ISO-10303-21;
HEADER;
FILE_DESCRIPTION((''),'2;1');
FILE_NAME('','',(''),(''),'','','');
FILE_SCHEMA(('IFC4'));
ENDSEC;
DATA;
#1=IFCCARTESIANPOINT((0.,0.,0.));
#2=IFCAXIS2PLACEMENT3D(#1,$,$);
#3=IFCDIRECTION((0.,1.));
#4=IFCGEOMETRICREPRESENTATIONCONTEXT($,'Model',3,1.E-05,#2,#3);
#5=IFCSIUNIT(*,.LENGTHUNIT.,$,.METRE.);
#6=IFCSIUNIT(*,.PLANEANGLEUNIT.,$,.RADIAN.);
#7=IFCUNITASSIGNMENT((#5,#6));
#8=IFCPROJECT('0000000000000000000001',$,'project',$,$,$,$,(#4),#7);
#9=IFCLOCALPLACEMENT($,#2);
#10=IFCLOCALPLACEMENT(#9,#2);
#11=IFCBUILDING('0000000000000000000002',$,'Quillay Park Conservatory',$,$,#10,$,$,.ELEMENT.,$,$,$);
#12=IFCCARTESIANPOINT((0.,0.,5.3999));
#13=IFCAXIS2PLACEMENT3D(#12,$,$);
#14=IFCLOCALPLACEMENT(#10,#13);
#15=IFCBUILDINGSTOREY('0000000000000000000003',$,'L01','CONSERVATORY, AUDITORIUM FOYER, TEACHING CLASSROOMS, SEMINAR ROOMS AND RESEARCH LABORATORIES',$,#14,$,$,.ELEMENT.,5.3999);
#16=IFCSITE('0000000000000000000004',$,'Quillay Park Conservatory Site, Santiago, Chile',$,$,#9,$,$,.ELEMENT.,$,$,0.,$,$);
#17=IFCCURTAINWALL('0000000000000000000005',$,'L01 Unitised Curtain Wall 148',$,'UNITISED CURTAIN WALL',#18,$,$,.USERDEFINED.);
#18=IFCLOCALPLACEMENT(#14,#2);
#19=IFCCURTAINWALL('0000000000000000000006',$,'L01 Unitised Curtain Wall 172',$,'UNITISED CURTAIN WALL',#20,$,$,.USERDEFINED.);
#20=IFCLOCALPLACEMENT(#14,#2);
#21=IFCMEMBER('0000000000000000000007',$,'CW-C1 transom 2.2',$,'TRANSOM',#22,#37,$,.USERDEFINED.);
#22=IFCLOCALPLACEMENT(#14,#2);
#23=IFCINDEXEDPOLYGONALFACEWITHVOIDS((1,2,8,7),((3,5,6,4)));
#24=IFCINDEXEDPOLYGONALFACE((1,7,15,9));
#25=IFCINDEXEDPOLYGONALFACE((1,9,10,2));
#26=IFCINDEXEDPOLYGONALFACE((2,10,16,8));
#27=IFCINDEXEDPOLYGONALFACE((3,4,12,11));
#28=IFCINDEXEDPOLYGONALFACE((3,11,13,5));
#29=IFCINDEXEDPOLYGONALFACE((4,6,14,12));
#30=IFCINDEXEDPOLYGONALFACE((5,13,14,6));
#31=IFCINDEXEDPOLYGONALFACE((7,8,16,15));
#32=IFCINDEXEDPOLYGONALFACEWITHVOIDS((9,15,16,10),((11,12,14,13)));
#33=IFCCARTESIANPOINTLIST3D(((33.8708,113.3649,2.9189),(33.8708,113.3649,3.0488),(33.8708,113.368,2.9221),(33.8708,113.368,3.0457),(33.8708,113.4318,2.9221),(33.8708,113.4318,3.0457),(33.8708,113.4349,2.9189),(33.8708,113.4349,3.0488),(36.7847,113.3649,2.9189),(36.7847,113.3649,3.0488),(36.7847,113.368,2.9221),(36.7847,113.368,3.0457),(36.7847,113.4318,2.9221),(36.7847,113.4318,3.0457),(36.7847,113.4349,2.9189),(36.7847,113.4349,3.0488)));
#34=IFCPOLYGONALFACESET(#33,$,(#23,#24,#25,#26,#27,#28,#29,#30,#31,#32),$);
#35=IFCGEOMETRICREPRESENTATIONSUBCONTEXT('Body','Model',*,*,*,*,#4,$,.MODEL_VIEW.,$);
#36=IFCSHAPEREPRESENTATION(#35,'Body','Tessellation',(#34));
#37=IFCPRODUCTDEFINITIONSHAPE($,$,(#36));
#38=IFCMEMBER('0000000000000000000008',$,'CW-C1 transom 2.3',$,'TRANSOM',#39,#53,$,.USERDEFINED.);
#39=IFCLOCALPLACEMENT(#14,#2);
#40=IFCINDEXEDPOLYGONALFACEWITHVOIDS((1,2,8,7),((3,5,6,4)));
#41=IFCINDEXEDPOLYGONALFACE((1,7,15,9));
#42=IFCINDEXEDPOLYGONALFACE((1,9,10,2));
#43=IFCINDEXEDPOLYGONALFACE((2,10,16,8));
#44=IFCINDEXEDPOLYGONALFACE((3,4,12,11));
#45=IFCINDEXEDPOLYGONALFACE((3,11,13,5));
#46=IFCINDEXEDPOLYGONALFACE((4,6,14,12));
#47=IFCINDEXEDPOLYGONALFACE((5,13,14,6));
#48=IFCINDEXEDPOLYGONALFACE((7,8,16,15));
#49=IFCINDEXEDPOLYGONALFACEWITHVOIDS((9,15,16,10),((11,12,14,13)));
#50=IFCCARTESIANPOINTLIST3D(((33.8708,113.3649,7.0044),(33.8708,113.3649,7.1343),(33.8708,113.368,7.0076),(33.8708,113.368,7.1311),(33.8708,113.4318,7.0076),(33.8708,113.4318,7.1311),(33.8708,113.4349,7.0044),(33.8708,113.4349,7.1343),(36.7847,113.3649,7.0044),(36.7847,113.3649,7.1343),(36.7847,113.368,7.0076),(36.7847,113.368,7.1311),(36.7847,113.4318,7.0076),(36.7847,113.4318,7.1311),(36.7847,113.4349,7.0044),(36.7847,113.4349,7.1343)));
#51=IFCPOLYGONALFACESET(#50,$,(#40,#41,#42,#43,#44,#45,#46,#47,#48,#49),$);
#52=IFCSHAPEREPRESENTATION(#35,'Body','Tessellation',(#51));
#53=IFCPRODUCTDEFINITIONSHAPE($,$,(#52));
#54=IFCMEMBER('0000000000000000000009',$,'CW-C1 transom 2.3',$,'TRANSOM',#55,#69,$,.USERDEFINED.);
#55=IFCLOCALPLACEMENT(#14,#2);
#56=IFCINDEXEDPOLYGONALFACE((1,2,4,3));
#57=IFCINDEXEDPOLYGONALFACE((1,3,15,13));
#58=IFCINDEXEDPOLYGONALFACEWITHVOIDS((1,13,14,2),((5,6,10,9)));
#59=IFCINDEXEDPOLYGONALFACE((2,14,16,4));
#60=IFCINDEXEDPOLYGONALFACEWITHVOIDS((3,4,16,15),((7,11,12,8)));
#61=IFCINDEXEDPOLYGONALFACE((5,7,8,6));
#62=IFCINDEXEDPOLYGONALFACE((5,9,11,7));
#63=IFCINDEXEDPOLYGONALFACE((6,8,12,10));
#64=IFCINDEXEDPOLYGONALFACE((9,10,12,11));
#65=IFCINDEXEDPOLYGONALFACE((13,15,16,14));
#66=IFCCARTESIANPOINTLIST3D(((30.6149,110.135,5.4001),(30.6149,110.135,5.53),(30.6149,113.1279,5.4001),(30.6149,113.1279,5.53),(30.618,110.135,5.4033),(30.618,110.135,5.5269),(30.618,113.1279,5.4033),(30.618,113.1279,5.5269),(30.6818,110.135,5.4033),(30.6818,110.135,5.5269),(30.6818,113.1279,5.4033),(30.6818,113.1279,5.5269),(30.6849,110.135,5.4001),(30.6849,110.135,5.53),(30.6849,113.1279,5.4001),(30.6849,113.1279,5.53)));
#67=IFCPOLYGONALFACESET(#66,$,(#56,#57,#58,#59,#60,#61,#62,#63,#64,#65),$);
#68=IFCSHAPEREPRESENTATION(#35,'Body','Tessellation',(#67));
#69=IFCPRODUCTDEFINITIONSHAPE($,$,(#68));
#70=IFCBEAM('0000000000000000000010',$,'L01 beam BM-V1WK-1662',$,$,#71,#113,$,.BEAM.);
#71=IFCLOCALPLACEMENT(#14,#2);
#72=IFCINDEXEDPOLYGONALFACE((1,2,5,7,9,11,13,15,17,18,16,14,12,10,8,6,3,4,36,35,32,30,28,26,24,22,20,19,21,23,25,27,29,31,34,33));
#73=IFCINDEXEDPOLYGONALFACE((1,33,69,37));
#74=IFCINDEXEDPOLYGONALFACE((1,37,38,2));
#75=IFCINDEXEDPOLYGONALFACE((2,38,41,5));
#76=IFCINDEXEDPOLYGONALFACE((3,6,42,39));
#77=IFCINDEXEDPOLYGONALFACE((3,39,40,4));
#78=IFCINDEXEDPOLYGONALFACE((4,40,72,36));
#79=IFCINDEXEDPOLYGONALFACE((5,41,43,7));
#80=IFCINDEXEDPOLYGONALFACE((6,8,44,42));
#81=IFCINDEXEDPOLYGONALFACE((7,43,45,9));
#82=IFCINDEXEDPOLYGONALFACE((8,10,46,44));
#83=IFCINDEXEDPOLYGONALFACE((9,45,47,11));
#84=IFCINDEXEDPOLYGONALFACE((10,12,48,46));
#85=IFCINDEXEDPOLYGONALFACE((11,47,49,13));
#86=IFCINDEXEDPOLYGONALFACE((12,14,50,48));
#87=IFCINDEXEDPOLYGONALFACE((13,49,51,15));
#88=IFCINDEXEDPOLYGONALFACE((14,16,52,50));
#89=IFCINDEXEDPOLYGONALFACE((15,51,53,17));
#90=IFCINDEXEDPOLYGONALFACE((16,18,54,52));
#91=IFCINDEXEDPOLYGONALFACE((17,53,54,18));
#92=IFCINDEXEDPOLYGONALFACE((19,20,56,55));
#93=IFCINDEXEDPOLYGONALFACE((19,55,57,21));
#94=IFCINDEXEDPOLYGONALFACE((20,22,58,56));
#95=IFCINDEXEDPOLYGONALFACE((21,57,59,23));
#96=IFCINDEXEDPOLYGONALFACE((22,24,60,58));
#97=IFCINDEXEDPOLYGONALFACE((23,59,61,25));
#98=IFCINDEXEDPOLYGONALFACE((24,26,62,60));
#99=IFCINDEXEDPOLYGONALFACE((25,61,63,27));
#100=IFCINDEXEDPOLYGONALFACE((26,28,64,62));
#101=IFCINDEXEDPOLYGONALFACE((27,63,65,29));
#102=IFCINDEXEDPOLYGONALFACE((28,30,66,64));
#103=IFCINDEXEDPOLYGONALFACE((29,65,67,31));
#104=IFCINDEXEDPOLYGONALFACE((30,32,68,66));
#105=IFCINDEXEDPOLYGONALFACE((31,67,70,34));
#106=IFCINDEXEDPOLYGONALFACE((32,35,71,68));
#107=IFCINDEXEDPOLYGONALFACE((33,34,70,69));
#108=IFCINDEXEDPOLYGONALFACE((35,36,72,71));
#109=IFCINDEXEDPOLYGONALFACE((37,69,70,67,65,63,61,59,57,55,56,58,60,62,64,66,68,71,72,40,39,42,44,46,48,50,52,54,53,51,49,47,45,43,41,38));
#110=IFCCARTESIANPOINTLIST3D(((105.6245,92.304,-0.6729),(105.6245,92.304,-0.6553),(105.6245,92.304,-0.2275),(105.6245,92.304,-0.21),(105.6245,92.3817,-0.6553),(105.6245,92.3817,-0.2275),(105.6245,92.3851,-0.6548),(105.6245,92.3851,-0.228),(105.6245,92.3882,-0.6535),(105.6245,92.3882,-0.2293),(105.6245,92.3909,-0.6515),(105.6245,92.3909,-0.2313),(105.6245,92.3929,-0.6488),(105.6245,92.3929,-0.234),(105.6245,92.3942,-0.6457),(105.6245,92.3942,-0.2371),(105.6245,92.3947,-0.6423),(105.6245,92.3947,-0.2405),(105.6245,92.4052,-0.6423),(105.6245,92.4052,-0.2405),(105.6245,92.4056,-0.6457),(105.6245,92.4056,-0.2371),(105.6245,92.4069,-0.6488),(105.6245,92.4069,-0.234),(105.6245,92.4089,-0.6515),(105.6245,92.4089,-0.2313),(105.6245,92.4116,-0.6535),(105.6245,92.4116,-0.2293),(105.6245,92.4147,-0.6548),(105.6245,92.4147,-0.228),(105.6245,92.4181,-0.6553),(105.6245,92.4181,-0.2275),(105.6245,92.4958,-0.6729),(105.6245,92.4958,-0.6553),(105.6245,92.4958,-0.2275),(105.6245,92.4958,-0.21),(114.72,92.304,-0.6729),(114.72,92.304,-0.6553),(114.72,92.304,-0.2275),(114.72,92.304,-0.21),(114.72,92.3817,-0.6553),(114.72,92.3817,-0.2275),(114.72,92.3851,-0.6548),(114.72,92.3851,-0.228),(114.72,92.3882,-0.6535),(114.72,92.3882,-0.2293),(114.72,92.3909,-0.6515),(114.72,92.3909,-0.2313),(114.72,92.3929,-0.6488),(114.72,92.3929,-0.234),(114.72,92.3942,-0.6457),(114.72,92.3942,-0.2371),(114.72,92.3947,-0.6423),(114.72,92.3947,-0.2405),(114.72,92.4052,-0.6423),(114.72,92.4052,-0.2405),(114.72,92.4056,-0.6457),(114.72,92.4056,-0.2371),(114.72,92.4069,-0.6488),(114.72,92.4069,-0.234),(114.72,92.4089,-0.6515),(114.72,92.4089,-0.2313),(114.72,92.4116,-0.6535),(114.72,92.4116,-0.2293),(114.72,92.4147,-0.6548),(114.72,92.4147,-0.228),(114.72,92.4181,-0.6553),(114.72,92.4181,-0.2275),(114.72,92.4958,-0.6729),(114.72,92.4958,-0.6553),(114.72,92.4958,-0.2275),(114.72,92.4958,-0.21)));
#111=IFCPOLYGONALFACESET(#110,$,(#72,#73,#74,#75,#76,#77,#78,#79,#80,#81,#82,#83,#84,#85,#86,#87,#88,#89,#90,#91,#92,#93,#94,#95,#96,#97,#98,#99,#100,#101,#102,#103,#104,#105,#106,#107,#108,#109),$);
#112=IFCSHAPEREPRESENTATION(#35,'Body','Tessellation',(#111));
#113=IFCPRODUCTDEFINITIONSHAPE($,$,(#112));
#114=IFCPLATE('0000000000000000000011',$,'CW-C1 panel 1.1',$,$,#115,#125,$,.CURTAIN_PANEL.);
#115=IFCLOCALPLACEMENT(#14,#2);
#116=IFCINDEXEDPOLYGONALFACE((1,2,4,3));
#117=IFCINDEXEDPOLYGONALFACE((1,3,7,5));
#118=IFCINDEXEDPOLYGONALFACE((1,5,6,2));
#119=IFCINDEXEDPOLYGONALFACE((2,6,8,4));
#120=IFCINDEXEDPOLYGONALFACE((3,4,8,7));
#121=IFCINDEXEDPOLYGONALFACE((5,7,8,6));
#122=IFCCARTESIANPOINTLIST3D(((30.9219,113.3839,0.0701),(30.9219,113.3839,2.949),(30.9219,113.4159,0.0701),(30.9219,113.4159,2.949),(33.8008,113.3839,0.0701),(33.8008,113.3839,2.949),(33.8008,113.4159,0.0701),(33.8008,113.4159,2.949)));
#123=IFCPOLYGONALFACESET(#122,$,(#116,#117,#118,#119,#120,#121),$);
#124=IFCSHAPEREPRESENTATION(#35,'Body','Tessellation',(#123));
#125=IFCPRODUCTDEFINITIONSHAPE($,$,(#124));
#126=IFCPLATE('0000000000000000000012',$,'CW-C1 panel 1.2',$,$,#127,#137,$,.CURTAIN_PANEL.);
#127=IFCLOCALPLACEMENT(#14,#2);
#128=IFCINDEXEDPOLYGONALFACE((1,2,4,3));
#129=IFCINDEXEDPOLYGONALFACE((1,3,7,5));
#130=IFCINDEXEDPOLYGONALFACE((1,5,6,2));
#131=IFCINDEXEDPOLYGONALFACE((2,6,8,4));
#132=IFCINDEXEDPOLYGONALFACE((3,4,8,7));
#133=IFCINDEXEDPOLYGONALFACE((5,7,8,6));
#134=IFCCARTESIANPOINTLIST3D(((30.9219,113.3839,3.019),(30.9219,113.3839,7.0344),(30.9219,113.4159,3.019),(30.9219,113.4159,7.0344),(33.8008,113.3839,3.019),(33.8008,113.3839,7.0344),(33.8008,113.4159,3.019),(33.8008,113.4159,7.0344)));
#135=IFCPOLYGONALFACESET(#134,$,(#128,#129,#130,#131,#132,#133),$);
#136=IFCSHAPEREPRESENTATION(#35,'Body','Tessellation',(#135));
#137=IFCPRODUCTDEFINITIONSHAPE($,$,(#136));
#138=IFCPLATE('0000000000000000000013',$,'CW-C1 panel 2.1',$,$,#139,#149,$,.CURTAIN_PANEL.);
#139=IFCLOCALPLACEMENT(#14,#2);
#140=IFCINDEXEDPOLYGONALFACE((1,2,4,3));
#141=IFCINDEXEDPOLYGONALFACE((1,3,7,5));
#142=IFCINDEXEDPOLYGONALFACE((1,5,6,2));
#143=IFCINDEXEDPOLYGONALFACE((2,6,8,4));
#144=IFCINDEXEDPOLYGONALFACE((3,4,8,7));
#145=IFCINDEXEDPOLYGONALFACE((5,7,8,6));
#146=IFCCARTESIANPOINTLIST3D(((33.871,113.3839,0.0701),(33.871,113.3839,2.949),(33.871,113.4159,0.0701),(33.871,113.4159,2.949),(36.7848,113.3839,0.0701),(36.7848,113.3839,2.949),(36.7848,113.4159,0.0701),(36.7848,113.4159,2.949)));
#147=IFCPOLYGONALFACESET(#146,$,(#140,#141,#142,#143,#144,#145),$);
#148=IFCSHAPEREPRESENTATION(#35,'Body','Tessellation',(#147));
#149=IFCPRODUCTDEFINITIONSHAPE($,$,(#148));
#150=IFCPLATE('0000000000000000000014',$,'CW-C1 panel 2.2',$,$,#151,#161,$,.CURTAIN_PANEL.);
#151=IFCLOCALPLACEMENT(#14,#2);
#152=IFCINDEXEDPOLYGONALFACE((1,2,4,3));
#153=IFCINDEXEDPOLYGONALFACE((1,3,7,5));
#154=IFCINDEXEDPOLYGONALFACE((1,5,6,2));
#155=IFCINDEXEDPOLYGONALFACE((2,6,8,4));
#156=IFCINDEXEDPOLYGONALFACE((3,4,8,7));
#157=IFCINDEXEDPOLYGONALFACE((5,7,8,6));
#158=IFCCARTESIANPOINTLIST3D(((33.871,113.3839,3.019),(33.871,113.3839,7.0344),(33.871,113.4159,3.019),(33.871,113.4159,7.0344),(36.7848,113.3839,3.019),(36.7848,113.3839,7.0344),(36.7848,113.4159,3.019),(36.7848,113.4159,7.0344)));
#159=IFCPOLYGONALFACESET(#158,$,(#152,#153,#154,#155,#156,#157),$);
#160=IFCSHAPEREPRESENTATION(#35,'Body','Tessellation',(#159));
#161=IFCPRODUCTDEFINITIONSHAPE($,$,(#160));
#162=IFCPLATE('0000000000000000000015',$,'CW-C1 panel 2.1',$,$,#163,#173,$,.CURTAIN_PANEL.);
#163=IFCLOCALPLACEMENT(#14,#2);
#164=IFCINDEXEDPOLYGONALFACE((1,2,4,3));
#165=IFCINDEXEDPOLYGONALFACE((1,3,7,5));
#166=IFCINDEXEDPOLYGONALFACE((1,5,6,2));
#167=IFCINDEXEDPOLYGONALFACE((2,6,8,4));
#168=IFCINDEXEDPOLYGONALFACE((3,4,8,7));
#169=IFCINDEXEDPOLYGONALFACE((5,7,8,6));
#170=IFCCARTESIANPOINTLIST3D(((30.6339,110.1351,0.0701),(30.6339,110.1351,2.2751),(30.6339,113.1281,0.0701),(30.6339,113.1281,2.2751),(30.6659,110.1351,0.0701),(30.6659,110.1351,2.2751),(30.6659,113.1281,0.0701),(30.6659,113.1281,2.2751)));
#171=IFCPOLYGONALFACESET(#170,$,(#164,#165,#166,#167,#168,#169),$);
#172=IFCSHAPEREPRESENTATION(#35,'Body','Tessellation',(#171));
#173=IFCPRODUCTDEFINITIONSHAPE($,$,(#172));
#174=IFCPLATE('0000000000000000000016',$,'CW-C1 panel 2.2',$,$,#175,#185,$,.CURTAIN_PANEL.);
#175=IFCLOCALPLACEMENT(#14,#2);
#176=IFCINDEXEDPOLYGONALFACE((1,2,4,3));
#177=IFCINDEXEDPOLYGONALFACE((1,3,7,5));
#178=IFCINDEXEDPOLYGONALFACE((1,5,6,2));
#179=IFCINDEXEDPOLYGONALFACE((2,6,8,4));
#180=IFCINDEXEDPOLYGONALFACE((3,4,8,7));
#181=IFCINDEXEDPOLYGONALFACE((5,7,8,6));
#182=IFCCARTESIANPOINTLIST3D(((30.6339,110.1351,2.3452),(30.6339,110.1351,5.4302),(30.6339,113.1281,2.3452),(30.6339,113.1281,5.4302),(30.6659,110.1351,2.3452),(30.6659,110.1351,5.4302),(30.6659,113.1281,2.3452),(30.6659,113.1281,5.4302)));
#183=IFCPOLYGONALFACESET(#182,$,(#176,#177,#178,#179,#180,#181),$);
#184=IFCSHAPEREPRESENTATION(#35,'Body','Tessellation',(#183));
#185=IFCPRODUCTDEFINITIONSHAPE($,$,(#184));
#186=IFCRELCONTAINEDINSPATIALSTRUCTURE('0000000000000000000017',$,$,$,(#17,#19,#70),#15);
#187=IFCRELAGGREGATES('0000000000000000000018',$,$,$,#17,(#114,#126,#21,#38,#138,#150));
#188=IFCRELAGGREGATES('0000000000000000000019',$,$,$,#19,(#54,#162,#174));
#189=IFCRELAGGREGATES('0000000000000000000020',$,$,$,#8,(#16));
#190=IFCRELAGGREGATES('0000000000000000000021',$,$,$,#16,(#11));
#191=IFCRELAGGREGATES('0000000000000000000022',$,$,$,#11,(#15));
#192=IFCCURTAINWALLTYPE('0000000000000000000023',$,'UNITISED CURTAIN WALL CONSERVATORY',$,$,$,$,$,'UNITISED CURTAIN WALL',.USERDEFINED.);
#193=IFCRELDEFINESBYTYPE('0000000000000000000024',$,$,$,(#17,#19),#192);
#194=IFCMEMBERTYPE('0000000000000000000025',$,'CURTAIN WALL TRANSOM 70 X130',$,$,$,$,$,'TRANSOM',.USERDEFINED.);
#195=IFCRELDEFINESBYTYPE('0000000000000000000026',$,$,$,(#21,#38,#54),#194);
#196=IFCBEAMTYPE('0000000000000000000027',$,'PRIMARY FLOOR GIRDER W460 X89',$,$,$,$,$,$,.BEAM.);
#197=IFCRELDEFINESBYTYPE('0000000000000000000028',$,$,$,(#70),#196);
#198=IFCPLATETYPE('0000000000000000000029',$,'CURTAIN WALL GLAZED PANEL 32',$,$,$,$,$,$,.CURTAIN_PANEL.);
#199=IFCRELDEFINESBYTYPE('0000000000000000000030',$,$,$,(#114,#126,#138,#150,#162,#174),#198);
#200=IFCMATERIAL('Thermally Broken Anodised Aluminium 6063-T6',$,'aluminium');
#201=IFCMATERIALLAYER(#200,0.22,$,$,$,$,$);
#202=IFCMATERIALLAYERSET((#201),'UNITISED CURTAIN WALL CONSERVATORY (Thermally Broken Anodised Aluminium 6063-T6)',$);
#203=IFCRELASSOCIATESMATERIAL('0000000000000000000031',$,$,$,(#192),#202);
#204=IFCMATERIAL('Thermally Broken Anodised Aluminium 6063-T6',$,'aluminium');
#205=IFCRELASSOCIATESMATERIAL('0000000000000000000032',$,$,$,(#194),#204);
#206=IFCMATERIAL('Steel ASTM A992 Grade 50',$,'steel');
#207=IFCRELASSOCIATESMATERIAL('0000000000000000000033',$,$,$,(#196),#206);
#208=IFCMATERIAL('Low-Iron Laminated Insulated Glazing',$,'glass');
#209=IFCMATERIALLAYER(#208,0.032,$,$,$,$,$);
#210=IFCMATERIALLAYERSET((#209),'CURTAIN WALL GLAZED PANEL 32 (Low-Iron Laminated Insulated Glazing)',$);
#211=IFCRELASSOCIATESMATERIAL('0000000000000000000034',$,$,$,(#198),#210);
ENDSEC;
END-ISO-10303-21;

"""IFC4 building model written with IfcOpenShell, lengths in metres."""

from ifc_helpers import new_model, si_unit, direction, frame, origin, origin_2d, place, context, subcontext, project, spatial, rectangle, hollow_rectangle, i_section, extrude, material, layer, layer_set, material_profile, profile_set, type_object, element, aggregate, save


model = new_model("IFC4")

# Units and contexts
model_context = context("Model", 3, precision=1e-05, world=origin(), true_north=direction((0.0, 1.0)))
body_context = subcontext(model_context, "Body", "Model", "MODEL_VIEW")
ifc_project = project(units=[si_unit("LENGTHUNIT", "METRE"), si_unit("PLANEANGLEUNIT", "RADIAN")], contexts=[model_context])

# Site, building, storey
site_placement = place(None, origin())
site = spatial("IfcSite", under=ifc_project, at=site_placement, Name="Quillay Park Conservatory Site, Santiago, Chile", CompositionType="ELEMENT", RefElevation=0.0)
building_placement = place(site_placement, origin())
building = spatial("IfcBuilding", under=site, at=building_placement, Name="Quillay Park Conservatory", CompositionType="ELEMENT")
storey_placement = place(building_placement, frame((0.0, 0.0, 5.3999)))
storey = spatial("IfcBuildingStorey", under=building, at=storey_placement, Name="L01", Description="CONSERVATORY, AUDITORIUM FOYER, TEACHING CLASSROOMS, SEMINAR ROOMS AND RESEARCH LABORATORIES", CompositionType="ELEMENT", Elevation=5.3999)

# Curtain wall
ifc_material_1 = material(Name="Thermally Broken Anodised Aluminium 6063-T6", Category="aluminium")
ifc_layer_1 = layer(ifc_material_1, 0.22)
ifc_layer_set_1 = layer_set([ifc_layer_1], Name="UNITISED CURTAIN WALL CONSERVATORY (Thermally Broken Anodised Aluminium 6063-T6)")
curtain_wall_type = type_object("IfcCurtainWallType", Name="UNITISED CURTAIN WALL CONSERVATORY", ElementType="UNITISED CURTAIN WALL", PredefinedType="USERDEFINED", material=ifc_layer_set_1)
curtain_wall_1_placement = place(storey_placement, origin())
curtain_wall_1 = element("IfcCurtainWall", 1, at=curtain_wall_1_placement, inside=storey, type_object=curtain_wall_type, Name="L01 Unitised Curtain Wall 148", ObjectType="UNITISED CURTAIN WALL", PredefinedType="USERDEFINED")

# Curtain wall
curtain_wall_2_placement = place(storey_placement, origin())
curtain_wall_2 = element("IfcCurtainWall", 2, at=curtain_wall_2_placement, inside=storey, type_object=curtain_wall_type, Name="L01 Unitised Curtain Wall 172", ObjectType="UNITISED CURTAIN WALL", PredefinedType="USERDEFINED")

# Members
ifc_material_2 = material(Name="Thermally Broken Anodised Aluminium 6063-T6", Category="aluminium")
ifc_material_profile_1 = material_profile(ifc_material_2, hollow_rectangle(XDim=0.0701, YDim=0.1299, WallThickness=0.0032, at=origin_2d()), Name="AL70x130x3.2")
ifc_profile_set_1 = profile_set([ifc_material_profile_1], Name="Thermally Broken Anodised Aluminium 6063-T6")
member_type_1 = type_object("IfcMemberType", Name="CURTAIN WALL TRANSOM 70 X130", ElementType="TRANSOM", PredefinedType="USERDEFINED", material=ifc_profile_set_1)
member_1_placement = place(storey_placement, frame((33.8708, 113.3999, 2.9839), z_axis=(1.0, 0.0, 0.0), x_axis=(0.0, 1.0, 0.0)))
member_1 = element("IfcMember", 3, at=member_1_placement, type_object=member_type_1, Name="CW-C1 transom 2.2", ObjectType="TRANSOM", PredefinedType="USERDEFINED", context=body_context, shape_type="SweptSolid", body=[
    extrude(hollow_rectangle(XDim=0.0701, YDim=0.1299, WallThickness=0.0032, at=origin_2d()), origin(), (0.0, 0.0, 1.0), 2.9138),
])
member_2_placement = place(storey_placement, frame((33.8708, 113.3999, 7.0693), z_axis=(1.0, 0.0, 0.0), x_axis=(0.0, 1.0, 0.0)))
member_2 = element("IfcMember", 4, at=member_2_placement, type_object=member_type_1, Name="CW-C1 transom 2.3", ObjectType="TRANSOM", PredefinedType="USERDEFINED", context=body_context, shape_type="SweptSolid", body=[
    extrude(hollow_rectangle(XDim=0.0701, YDim=0.1299, WallThickness=0.0032, at=origin_2d()), origin(), (0.0, 0.0, 1.0), 2.9138),
])
member_3_placement = place(storey_placement, frame((30.6499, 110.135, 5.4651), z_axis=(0.0, 1.0, 0.0), x_axis=(-1.0, 0.0, 0.0)))
member_3 = element("IfcMember", 5, at=member_3_placement, type_object=member_type_1, Name="CW-C1 transom 2.3", ObjectType="TRANSOM", PredefinedType="USERDEFINED", context=body_context, shape_type="SweptSolid", body=[
    extrude(hollow_rectangle(XDim=0.0701, YDim=0.1299, WallThickness=0.0032, at=origin_2d()), origin(), (0.0, 0.0, 1.0), 2.9929),
])

# Beam
ifc_material_3 = material(Name="Steel ASTM A992 Grade 50", Category="steel")
ifc_material_profile_2 = material_profile(ifc_material_3, i_section(OverallWidth=0.1919, OverallDepth=0.4629, WebThickness=0.0105, FlangeThickness=0.0176, FilletRadius=0.0129, at=origin_2d()), Name="W460x89")
ifc_profile_set_2 = profile_set([ifc_material_profile_2], Name="Steel ASTM A992 Grade 50")
beam_type = type_object("IfcBeamType", Name="PRIMARY FLOOR GIRDER W460 X89", PredefinedType="BEAM", material=ifc_profile_set_2)
beam_placement = place(storey_placement, frame((105.6245, 92.3999, -0.4414), z_axis=(1.0, 0.0, 0.0), x_axis=(0.0, 1.0, 0.0)))
element("IfcBeam", 6, at=beam_placement, inside=storey, type_object=beam_type, Name="L01 beam BM-V1WK-1662", PredefinedType="BEAM", context=body_context, shape_type="SweptSolid", body=[
    extrude(i_section(OverallWidth=0.1919, OverallDepth=0.4629, WebThickness=0.0105, FlangeThickness=0.0176, FilletRadius=0.0129, at=origin_2d()), origin(), (0.0, 0.0, 1.0), 9.0955),
])

# Plates
ifc_material_4 = material(Name="Low-Iron Laminated Insulated Glazing", Category="glass")
ifc_layer_2 = layer(ifc_material_4, 0.032)
ifc_layer_set_2 = layer_set([ifc_layer_2], Name="CURTAIN WALL GLAZED PANEL 32 (Low-Iron Laminated Insulated Glazing)")
plate_type_1 = type_object("IfcPlateType", Name="CURTAIN WALL GLAZED PANEL 32", PredefinedType="CURTAIN_PANEL", material=ifc_layer_set_2)
plate_1_placement = place(storey_placement, frame((32.3613, 113.3999, 0.0701), z_axis=(0.0, 0.0, 1.0), x_axis=(1.0, 0.0, 0.0)))
plate_1 = element("IfcPlate", 7, at=plate_1_placement, type_object=plate_type_1, Name="CW-C1 panel 1.1", PredefinedType="CURTAIN_PANEL", context=body_context, shape_type="SweptSolid", body=[
    extrude(rectangle(XDim=2.8789, YDim=0.032, at=origin_2d()), origin(), (0.0, 0.0, 1.0), 2.8789),
])
plate_2_placement = place(storey_placement, frame((32.3613, 113.3999, 3.019), z_axis=(0.0, 0.0, 1.0), x_axis=(1.0, 0.0, 0.0)))
plate_2 = element("IfcPlate", 8, at=plate_2_placement, type_object=plate_type_1, Name="CW-C1 panel 1.2", PredefinedType="CURTAIN_PANEL", context=body_context, shape_type="SweptSolid", body=[
    extrude(rectangle(XDim=2.8789, YDim=0.032, at=origin_2d()), origin(), (0.0, 0.0, 1.0), 4.0154),
])
plate_3_placement = place(storey_placement, frame((35.3279, 113.3999, 0.0701), z_axis=(0.0, 0.0, 1.0), x_axis=(1.0, 0.0, 0.0)))
plate_3 = element("IfcPlate", 9, at=plate_3_placement, type_object=plate_type_1, Name="CW-C1 panel 2.1", PredefinedType="CURTAIN_PANEL", context=body_context, shape_type="SweptSolid", body=[
    extrude(rectangle(XDim=2.9138, YDim=0.032, at=origin_2d()), origin(), (0.0, 0.0, 1.0), 2.8789),
])
plate_4_placement = place(storey_placement, frame((35.3279, 113.3999, 3.019), z_axis=(0.0, 0.0, 1.0), x_axis=(1.0, 0.0, 0.0)))
plate_4 = element("IfcPlate", 10, at=plate_4_placement, type_object=plate_type_1, Name="CW-C1 panel 2.2", PredefinedType="CURTAIN_PANEL", context=body_context, shape_type="SweptSolid", body=[
    extrude(rectangle(XDim=2.9138, YDim=0.032, at=origin_2d()), origin(), (0.0, 0.0, 1.0), 4.0154),
])
aggregate(curtain_wall_1, [plate_1, plate_2, member_1, member_2, plate_3, plate_4])
plate_5_placement = place(storey_placement, frame((30.6499, 111.6316, 0.0701), z_axis=(0.0, 0.0, 1.0), x_axis=(0.0, 1.0, 0.0)))
plate_5 = element("IfcPlate", 11, at=plate_5_placement, type_object=plate_type_1, Name="CW-C1 panel 2.1", PredefinedType="CURTAIN_PANEL", context=body_context, shape_type="SweptSolid", body=[
    extrude(rectangle(XDim=2.9929, YDim=0.032, at=origin_2d()), origin(), (0.0, 0.0, 1.0), 2.2051),
])
plate_6_placement = place(storey_placement, frame((30.6499, 111.6316, 2.3452), z_axis=(0.0, 0.0, 1.0), x_axis=(0.0, 1.0, 0.0)))
plate_6 = element("IfcPlate", 12, at=plate_6_placement, type_object=plate_type_1, Name="CW-C1 panel 2.2", PredefinedType="CURTAIN_PANEL", context=body_context, shape_type="SweptSolid", body=[
    extrude(rectangle(XDim=2.9929, YDim=0.032, at=origin_2d()), origin(), (0.0, 0.0, 1.0), 3.085),
])
aggregate(curtain_wall_2, [member_3, plate_5, plate_6])

save(model, "model.ifc")
